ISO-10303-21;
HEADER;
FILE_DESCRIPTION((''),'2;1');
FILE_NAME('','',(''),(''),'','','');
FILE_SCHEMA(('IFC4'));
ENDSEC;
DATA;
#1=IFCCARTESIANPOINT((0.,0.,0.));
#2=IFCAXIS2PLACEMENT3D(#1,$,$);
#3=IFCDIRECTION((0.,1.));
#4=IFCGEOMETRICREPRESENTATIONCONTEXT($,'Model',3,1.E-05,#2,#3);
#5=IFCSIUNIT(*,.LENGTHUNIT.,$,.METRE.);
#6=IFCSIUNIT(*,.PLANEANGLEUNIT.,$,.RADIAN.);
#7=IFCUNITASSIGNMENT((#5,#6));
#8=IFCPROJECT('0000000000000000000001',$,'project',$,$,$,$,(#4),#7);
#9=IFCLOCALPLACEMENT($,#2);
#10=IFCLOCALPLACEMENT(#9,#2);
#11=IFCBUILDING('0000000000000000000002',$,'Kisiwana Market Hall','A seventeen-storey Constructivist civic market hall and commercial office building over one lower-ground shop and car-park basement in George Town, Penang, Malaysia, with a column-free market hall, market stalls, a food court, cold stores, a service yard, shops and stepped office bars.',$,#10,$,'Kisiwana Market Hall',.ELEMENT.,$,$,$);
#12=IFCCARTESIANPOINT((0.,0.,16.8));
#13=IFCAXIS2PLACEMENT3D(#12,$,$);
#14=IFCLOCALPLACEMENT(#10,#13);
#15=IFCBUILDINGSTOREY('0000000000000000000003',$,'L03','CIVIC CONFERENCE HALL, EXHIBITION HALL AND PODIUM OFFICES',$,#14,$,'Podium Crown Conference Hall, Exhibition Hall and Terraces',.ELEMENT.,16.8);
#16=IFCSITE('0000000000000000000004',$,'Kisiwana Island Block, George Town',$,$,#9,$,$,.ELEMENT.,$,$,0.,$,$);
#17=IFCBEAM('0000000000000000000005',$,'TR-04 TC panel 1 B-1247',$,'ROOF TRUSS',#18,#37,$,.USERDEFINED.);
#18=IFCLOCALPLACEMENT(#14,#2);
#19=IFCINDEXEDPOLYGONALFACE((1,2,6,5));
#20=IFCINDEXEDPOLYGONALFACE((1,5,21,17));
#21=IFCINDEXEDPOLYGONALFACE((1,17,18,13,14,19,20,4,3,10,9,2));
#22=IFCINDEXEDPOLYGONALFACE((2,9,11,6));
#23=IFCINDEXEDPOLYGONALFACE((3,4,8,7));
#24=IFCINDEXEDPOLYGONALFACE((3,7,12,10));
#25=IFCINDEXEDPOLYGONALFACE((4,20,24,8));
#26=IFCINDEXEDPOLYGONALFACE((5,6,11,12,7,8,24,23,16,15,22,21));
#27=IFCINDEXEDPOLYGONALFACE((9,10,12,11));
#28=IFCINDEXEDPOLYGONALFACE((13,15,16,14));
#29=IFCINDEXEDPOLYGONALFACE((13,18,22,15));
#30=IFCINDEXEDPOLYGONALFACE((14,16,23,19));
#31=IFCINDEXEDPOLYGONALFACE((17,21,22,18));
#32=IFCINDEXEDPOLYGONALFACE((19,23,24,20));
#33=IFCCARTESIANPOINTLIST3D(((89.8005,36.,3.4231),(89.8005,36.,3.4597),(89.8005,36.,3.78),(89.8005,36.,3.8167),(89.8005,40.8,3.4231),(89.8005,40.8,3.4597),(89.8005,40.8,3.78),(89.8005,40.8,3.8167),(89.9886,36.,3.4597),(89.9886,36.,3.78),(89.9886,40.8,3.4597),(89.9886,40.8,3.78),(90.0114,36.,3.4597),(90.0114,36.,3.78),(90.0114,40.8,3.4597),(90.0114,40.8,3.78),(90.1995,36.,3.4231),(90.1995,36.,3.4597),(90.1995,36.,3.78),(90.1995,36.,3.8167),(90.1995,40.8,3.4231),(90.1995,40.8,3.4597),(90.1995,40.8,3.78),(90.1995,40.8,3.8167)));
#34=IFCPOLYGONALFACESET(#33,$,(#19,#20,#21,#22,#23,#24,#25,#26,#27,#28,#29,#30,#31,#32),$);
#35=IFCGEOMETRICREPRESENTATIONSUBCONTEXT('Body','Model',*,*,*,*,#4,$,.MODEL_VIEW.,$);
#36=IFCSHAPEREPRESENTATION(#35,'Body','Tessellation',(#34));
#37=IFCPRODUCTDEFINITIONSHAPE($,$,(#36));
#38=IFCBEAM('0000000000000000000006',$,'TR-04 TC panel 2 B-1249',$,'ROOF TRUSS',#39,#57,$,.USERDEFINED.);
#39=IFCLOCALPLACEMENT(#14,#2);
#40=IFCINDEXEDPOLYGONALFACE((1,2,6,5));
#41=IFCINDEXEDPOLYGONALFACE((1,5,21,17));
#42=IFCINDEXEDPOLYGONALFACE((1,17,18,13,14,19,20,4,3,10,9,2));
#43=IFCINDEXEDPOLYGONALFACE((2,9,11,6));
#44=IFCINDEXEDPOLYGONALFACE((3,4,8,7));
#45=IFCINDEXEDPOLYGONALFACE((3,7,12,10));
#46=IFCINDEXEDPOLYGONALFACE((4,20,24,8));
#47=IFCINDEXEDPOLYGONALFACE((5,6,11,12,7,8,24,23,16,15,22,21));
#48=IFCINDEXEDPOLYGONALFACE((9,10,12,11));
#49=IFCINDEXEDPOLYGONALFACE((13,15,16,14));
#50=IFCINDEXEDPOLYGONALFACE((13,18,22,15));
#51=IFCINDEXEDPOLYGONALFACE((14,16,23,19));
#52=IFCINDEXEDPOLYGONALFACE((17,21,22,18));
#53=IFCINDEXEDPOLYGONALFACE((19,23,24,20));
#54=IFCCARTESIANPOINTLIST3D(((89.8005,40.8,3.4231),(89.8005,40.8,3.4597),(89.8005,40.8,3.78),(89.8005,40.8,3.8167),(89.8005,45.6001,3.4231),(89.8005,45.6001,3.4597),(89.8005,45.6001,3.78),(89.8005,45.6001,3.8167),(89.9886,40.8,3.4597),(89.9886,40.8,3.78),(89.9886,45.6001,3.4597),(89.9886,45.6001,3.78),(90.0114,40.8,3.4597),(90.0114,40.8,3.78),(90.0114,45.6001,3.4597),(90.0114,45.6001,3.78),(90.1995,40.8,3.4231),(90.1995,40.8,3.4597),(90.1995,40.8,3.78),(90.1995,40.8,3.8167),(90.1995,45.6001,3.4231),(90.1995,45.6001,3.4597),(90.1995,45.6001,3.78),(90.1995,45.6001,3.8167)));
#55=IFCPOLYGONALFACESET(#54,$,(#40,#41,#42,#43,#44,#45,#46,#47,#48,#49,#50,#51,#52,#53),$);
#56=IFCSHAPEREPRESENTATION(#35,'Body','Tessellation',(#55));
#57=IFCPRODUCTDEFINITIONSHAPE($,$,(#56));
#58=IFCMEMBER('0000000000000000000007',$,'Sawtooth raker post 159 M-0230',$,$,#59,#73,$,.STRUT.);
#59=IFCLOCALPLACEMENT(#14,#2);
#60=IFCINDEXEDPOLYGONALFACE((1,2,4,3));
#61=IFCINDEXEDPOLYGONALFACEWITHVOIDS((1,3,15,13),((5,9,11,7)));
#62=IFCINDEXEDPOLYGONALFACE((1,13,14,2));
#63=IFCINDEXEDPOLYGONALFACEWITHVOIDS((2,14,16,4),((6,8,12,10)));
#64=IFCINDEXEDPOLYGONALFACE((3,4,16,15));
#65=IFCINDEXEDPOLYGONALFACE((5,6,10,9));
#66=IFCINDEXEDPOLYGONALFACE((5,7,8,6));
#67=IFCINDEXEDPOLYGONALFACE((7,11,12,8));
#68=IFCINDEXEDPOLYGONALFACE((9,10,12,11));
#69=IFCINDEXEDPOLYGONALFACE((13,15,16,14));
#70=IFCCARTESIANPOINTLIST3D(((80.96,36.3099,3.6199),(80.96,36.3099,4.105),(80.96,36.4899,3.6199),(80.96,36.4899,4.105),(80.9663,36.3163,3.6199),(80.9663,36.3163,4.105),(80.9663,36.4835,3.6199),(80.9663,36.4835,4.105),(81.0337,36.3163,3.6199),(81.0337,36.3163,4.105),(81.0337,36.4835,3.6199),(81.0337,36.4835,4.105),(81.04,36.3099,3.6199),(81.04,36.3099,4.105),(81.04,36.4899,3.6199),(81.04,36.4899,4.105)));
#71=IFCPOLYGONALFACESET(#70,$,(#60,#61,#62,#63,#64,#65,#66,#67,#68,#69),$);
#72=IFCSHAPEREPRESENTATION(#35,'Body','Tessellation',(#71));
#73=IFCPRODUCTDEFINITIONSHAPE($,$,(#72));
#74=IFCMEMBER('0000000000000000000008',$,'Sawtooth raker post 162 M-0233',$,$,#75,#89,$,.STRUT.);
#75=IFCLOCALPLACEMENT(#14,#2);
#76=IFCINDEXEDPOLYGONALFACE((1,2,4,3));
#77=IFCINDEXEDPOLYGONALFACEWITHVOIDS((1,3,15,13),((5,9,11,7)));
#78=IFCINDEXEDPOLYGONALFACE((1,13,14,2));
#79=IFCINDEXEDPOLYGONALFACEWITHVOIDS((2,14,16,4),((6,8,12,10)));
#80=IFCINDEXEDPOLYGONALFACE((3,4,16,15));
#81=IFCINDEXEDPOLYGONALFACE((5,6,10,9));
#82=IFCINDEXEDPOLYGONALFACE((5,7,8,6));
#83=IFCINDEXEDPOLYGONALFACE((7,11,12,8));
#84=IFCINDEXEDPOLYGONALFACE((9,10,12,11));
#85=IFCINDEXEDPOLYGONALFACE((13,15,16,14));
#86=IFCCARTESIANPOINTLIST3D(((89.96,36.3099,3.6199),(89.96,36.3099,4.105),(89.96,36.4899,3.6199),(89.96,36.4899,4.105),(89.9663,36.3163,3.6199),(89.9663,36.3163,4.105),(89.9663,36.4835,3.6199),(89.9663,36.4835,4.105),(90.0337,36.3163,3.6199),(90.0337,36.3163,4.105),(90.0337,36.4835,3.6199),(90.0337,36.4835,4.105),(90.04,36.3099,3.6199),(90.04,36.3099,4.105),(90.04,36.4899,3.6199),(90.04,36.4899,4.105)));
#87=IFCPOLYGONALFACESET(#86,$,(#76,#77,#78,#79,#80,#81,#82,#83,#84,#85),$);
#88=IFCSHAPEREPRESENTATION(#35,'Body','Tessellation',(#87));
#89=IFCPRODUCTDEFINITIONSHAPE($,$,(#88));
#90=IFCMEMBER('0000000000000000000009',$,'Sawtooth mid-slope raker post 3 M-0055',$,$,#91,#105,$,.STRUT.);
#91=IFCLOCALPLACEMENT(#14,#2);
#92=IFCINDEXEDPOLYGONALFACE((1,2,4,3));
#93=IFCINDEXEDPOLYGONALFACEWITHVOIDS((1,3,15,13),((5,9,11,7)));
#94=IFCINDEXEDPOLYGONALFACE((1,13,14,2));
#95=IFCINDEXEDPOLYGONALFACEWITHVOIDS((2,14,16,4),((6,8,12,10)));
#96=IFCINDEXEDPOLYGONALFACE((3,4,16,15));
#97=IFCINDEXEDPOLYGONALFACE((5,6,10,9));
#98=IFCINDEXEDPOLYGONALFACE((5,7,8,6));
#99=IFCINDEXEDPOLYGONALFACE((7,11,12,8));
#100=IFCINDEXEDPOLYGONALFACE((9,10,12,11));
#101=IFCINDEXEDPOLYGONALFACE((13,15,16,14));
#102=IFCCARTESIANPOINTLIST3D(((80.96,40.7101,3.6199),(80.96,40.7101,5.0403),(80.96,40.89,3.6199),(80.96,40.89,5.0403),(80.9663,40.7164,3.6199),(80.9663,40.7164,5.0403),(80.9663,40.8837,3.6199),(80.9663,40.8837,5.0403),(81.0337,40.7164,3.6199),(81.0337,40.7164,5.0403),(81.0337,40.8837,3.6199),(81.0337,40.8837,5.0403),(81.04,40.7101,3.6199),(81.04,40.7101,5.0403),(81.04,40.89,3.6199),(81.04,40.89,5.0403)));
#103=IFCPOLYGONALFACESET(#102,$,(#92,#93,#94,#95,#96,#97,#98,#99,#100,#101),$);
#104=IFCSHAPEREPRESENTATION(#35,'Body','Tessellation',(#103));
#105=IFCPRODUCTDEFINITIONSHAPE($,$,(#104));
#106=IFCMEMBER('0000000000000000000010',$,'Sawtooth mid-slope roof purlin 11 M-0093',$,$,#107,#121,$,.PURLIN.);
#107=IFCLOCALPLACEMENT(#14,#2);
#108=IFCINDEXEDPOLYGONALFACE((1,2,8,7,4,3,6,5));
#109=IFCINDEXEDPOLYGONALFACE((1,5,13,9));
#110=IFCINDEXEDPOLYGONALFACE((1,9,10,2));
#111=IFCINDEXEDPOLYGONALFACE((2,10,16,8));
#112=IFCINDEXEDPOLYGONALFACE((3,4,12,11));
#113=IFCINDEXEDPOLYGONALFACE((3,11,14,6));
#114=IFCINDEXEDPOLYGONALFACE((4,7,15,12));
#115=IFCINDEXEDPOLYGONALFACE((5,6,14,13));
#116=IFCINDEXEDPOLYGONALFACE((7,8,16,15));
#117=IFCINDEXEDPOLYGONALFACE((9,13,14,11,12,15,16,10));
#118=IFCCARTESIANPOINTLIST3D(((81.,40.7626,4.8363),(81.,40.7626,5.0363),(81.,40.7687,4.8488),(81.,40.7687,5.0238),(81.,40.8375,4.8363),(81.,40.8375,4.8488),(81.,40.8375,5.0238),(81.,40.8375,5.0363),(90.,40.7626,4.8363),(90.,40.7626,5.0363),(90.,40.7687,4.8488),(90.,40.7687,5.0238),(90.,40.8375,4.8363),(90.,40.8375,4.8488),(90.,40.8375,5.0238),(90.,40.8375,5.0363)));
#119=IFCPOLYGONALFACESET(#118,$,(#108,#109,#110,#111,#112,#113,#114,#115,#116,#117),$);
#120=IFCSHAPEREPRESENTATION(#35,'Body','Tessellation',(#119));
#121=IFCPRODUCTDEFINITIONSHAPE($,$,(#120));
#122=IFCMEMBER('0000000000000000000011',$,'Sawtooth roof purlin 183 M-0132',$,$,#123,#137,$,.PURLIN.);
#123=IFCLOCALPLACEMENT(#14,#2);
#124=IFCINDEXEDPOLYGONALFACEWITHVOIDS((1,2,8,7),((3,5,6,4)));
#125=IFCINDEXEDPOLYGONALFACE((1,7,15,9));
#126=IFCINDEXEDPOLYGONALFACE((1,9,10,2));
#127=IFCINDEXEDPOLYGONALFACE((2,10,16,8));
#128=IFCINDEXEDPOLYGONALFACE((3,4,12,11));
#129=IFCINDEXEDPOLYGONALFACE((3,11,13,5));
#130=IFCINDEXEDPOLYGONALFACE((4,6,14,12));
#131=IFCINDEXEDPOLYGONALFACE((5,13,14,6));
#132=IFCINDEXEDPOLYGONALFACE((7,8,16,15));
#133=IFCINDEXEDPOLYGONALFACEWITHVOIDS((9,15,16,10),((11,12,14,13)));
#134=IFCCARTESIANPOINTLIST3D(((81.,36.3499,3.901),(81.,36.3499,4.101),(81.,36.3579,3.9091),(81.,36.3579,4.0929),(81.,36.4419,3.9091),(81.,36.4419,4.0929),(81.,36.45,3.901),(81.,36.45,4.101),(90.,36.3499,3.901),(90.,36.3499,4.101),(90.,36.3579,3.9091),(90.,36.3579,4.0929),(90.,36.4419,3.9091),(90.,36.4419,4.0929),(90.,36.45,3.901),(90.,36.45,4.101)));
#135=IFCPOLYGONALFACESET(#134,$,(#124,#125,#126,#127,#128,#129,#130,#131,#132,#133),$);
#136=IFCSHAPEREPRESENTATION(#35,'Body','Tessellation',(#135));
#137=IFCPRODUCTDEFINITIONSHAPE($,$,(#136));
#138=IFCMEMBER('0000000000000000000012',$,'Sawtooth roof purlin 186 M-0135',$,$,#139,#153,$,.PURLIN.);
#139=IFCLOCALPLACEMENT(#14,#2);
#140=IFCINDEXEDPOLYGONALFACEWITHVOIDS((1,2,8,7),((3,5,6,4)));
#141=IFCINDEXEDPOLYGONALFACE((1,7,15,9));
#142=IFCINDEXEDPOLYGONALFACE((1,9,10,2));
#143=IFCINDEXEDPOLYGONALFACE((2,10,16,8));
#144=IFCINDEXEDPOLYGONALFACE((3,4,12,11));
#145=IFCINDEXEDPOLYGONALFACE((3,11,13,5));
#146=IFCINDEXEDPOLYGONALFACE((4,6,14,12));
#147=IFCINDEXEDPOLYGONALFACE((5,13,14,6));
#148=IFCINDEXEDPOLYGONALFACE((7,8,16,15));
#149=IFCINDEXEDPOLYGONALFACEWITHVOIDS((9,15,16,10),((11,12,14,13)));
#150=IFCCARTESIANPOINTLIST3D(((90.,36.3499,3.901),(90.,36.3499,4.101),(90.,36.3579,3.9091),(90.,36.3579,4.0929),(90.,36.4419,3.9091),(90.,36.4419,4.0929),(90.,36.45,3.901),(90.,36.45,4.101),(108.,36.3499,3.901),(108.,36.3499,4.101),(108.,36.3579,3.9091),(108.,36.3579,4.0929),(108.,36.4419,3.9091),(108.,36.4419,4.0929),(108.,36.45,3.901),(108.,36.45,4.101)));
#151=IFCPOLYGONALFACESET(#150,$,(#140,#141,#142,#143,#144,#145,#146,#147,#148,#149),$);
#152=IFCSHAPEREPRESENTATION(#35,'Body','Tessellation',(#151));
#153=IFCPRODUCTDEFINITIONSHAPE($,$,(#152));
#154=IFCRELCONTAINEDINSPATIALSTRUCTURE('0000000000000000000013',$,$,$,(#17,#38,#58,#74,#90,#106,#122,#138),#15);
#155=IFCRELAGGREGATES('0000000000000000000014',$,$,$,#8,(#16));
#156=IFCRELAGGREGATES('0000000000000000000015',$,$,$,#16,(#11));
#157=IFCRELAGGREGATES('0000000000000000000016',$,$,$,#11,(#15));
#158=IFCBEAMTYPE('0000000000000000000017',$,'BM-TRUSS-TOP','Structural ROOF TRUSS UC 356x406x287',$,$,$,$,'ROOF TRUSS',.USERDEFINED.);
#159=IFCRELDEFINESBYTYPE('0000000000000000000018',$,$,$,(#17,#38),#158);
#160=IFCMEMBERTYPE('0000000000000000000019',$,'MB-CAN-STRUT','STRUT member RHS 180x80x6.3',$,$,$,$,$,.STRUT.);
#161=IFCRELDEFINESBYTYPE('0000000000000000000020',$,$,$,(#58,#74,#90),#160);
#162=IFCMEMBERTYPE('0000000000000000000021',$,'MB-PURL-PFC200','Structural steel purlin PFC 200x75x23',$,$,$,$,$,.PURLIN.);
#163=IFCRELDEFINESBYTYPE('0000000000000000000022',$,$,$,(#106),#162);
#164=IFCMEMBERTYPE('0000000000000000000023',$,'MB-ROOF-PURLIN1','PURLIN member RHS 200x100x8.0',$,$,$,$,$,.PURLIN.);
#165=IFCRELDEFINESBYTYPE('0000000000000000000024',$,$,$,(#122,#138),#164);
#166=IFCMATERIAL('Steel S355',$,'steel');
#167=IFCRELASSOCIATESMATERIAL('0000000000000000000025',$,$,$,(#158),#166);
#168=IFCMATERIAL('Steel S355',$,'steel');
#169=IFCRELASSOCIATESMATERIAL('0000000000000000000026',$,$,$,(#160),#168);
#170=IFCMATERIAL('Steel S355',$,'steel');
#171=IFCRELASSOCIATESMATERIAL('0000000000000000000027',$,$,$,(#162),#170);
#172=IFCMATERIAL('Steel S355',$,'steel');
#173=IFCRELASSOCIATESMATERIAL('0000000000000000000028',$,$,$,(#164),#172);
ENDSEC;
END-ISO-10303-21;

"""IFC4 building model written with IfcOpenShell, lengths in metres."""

from ifc_helpers import new_model, si_unit, direction, frame, origin, origin_2d, place, context, subcontext, project, spatial, hollow_rectangle, i_section, u_section, extrude, material, material_profile, profile_set, type_object, element, save


model = new_model("IFC4")

# Units and contexts
model_context = context("Model", 3, precision=1e-05, world=origin(), true_north=direction((0.0, 1.0)))
body_context = subcontext(model_context, "Body", "Model", "MODEL_VIEW")
ifc_project = project(units=[si_unit("LENGTHUNIT", "METRE"), si_unit("PLANEANGLEUNIT", "RADIAN")], contexts=[model_context])

# Site, building, storey
site_placement = place(None, origin())
site = spatial("IfcSite", under=ifc_project, at=site_placement, Name="Kisiwana Island Block, George Town", CompositionType="ELEMENT", RefElevation=0.0)
building_placement = place(site_placement, origin())
building = spatial("IfcBuilding", under=site, at=building_placement, Name="Kisiwana Market Hall", Description="A seventeen-storey Constructivist civic market hall and commercial office building over one lower-ground shop and car-park basement in George Town, Penang, Malaysia, with a column-free market hall, market stalls, a food court, cold stores, a service yard, shops and stepped office bars.", LongName="Kisiwana Market Hall", CompositionType="ELEMENT")
storey_placement = place(building_placement, frame((0.0, 0.0, 16.8)))
storey = spatial("IfcBuildingStorey", under=building, at=storey_placement, Name="L03", Description="CIVIC CONFERENCE HALL, EXHIBITION HALL AND PODIUM OFFICES", LongName="Podium Crown Conference Hall, Exhibition Hall and Terraces", CompositionType="ELEMENT", Elevation=16.8)

# Beams
ifc_material_1 = material(Name="Steel S355", Category="steel")
ifc_material_profile_1 = material_profile(ifc_material_1, i_section(OverallWidth=0.3989, OverallDepth=0.3936, WebThickness=0.0227, FlangeThickness=0.0366, at=origin_2d()), Name="UC 356x406x287")
ifc_profile_set_1 = profile_set([ifc_material_profile_1], Name="Steel S355")
beam_type_1 = type_object("IfcBeamType", Name="BM-TRUSS-TOP", Description="Structural ROOF TRUSS UC 356x406x287", ElementType="ROOF TRUSS", PredefinedType="USERDEFINED", material=ifc_profile_set_1)
for number, where, z_axis, x_axis, name in (
    (1, (90.0, 36.0, 3.6199), (0.0, 1.0, 0.0), (-1.0, 0.0, 0.0), "TR-04 TC panel 1 B-1247"),
    (2, (90.0, 40.8, 3.6199), (0.0, 1.0, 0.0), (-1.0, 0.0, 0.0), "TR-04 TC panel 2 B-1249"),
):
    element("IfcBeam", number, at=place(storey_placement, frame(where, z_axis=z_axis, x_axis=x_axis)), inside=storey, type_object=beam_type_1, Name=name, ObjectType="ROOF TRUSS", PredefinedType="USERDEFINED", context=body_context, shape_type="SweptSolid", body=[
        extrude(i_section(OverallWidth=0.3989, OverallDepth=0.3936, WebThickness=0.0227, FlangeThickness=0.0366, at=origin_2d()), origin(), (0.0, 0.0, 1.0), 4.8),
    ])

# Members
ifc_material_2 = material(Name="Steel S355", Category="steel")
ifc_material_profile_2 = material_profile(ifc_material_2, hollow_rectangle(XDim=0.0801, YDim=0.1799, WallThickness=0.0063, at=origin_2d()), Name="RHS 180x80x6.3")
ifc_profile_set_2 = profile_set([ifc_material_profile_2], Name="Steel S355")
member_type_1 = type_object("IfcMemberType", Name="MB-CAN-STRUT", Description="STRUT member RHS 180x80x6.3", PredefinedType="STRUT", material=ifc_profile_set_2)
for number, where, z_axis, x_axis, name in (
    (3, (81.0, 36.3999, 3.6199), (0.0, 0.0, 1.0), (1.0, 0.0, 0.0), "Sawtooth raker post 159 M-0230"),
    (4, (90.0, 36.3999, 3.6199), (0.0, 0.0, 1.0), (1.0, 0.0, 0.0), "Sawtooth raker post 162 M-0233"),
):
    element("IfcMember", number, at=place(storey_placement, frame(where, z_axis=z_axis, x_axis=x_axis)), inside=storey, type_object=member_type_1, Name=name, PredefinedType="STRUT", context=body_context, shape_type="SweptSolid", body=[
        extrude(hollow_rectangle(XDim=0.0801, YDim=0.1799, WallThickness=0.0063, at=origin_2d()), origin(), (0.0, 0.0, 1.0), 0.4851),
    ])
member_1_placement = place(storey_placement, frame((81.0, 40.8, 3.6199), z_axis=(0.0, 0.0, 1.0), x_axis=(1.0, 0.0, 0.0)))
element("IfcMember", 5, at=member_1_placement, inside=storey, type_object=member_type_1, Name="Sawtooth mid-slope raker post 3 M-0055", PredefinedType="STRUT", context=body_context, shape_type="SweptSolid", body=[
    extrude(hollow_rectangle(XDim=0.0801, YDim=0.1799, WallThickness=0.0063, at=origin_2d()), origin(), (0.0, 0.0, 1.0), 1.4204),
])
ifc_material_3 = material(Name="Steel S355", Category="steel")
ifc_material_profile_3 = material_profile(ifc_material_3, u_section(Depth=0.2, FlangeWidth=0.075, WebThickness=0.0061, FlangeThickness=0.0125, at=origin_2d()), Name="PFC 200x75x23")
ifc_profile_set_3 = profile_set([ifc_material_profile_3], Name="Steel S355")
member_type_2 = type_object("IfcMemberType", Name="MB-PURL-PFC200", Description="Structural steel purlin PFC 200x75x23", PredefinedType="PURLIN", material=ifc_profile_set_3)
member_2_placement = place(storey_placement, frame((81.0, 40.8, 4.9363), z_axis=(1.0, 0.0, 0.0), x_axis=(0.0, 1.0, 0.0)))
element("IfcMember", 6, at=member_2_placement, inside=storey, type_object=member_type_2, Name="Sawtooth mid-slope roof purlin 11 M-0093", PredefinedType="PURLIN", context=body_context, shape_type="SweptSolid", body=[
    extrude(u_section(Depth=0.2, FlangeWidth=0.075, WebThickness=0.0061, FlangeThickness=0.0125, at=origin_2d()), origin(), (0.0, 0.0, 1.0), 9.0),
])
ifc_material_4 = material(Name="Steel S355", Category="steel")
ifc_material_profile_4 = material_profile(ifc_material_4, hollow_rectangle(XDim=0.1001, YDim=0.2, WallThickness=0.0081, at=origin_2d()), Name="RHS 200x100x8.0")
ifc_profile_set_4 = profile_set([ifc_material_profile_4], Name="Steel S355")
member_type_3 = type_object("IfcMemberType", Name="MB-ROOF-PURLIN1", Description="PURLIN member RHS 200x100x8.0", PredefinedType="PURLIN", material=ifc_profile_set_4)
member_3_placement = place(storey_placement, frame((81.0, 36.3999, 4.001), z_axis=(1.0, 0.0, 0.0), x_axis=(0.0, 1.0, 0.0)))
element("IfcMember", 7, at=member_3_placement, inside=storey, type_object=member_type_3, Name="Sawtooth roof purlin 183 M-0132", PredefinedType="PURLIN", context=body_context, shape_type="SweptSolid", body=[
    extrude(hollow_rectangle(XDim=0.1001, YDim=0.2, WallThickness=0.0081, at=origin_2d()), origin(), (0.0, 0.0, 1.0), 9.0),
])
member_4_placement = place(storey_placement, frame((90.0, 36.3999, 4.001), z_axis=(1.0, 0.0, 0.0), x_axis=(0.0, 1.0, 0.0)))
element("IfcMember", 8, at=member_4_placement, inside=storey, type_object=member_type_3, Name="Sawtooth roof purlin 186 M-0135", PredefinedType="PURLIN", context=body_context, shape_type="SweptSolid", body=[
    extrude(hollow_rectangle(XDim=0.1001, YDim=0.2, WallThickness=0.0081, at=origin_2d()), origin(), (0.0, 0.0, 1.0), 18.0),
])

save(model, "model.ifc")
